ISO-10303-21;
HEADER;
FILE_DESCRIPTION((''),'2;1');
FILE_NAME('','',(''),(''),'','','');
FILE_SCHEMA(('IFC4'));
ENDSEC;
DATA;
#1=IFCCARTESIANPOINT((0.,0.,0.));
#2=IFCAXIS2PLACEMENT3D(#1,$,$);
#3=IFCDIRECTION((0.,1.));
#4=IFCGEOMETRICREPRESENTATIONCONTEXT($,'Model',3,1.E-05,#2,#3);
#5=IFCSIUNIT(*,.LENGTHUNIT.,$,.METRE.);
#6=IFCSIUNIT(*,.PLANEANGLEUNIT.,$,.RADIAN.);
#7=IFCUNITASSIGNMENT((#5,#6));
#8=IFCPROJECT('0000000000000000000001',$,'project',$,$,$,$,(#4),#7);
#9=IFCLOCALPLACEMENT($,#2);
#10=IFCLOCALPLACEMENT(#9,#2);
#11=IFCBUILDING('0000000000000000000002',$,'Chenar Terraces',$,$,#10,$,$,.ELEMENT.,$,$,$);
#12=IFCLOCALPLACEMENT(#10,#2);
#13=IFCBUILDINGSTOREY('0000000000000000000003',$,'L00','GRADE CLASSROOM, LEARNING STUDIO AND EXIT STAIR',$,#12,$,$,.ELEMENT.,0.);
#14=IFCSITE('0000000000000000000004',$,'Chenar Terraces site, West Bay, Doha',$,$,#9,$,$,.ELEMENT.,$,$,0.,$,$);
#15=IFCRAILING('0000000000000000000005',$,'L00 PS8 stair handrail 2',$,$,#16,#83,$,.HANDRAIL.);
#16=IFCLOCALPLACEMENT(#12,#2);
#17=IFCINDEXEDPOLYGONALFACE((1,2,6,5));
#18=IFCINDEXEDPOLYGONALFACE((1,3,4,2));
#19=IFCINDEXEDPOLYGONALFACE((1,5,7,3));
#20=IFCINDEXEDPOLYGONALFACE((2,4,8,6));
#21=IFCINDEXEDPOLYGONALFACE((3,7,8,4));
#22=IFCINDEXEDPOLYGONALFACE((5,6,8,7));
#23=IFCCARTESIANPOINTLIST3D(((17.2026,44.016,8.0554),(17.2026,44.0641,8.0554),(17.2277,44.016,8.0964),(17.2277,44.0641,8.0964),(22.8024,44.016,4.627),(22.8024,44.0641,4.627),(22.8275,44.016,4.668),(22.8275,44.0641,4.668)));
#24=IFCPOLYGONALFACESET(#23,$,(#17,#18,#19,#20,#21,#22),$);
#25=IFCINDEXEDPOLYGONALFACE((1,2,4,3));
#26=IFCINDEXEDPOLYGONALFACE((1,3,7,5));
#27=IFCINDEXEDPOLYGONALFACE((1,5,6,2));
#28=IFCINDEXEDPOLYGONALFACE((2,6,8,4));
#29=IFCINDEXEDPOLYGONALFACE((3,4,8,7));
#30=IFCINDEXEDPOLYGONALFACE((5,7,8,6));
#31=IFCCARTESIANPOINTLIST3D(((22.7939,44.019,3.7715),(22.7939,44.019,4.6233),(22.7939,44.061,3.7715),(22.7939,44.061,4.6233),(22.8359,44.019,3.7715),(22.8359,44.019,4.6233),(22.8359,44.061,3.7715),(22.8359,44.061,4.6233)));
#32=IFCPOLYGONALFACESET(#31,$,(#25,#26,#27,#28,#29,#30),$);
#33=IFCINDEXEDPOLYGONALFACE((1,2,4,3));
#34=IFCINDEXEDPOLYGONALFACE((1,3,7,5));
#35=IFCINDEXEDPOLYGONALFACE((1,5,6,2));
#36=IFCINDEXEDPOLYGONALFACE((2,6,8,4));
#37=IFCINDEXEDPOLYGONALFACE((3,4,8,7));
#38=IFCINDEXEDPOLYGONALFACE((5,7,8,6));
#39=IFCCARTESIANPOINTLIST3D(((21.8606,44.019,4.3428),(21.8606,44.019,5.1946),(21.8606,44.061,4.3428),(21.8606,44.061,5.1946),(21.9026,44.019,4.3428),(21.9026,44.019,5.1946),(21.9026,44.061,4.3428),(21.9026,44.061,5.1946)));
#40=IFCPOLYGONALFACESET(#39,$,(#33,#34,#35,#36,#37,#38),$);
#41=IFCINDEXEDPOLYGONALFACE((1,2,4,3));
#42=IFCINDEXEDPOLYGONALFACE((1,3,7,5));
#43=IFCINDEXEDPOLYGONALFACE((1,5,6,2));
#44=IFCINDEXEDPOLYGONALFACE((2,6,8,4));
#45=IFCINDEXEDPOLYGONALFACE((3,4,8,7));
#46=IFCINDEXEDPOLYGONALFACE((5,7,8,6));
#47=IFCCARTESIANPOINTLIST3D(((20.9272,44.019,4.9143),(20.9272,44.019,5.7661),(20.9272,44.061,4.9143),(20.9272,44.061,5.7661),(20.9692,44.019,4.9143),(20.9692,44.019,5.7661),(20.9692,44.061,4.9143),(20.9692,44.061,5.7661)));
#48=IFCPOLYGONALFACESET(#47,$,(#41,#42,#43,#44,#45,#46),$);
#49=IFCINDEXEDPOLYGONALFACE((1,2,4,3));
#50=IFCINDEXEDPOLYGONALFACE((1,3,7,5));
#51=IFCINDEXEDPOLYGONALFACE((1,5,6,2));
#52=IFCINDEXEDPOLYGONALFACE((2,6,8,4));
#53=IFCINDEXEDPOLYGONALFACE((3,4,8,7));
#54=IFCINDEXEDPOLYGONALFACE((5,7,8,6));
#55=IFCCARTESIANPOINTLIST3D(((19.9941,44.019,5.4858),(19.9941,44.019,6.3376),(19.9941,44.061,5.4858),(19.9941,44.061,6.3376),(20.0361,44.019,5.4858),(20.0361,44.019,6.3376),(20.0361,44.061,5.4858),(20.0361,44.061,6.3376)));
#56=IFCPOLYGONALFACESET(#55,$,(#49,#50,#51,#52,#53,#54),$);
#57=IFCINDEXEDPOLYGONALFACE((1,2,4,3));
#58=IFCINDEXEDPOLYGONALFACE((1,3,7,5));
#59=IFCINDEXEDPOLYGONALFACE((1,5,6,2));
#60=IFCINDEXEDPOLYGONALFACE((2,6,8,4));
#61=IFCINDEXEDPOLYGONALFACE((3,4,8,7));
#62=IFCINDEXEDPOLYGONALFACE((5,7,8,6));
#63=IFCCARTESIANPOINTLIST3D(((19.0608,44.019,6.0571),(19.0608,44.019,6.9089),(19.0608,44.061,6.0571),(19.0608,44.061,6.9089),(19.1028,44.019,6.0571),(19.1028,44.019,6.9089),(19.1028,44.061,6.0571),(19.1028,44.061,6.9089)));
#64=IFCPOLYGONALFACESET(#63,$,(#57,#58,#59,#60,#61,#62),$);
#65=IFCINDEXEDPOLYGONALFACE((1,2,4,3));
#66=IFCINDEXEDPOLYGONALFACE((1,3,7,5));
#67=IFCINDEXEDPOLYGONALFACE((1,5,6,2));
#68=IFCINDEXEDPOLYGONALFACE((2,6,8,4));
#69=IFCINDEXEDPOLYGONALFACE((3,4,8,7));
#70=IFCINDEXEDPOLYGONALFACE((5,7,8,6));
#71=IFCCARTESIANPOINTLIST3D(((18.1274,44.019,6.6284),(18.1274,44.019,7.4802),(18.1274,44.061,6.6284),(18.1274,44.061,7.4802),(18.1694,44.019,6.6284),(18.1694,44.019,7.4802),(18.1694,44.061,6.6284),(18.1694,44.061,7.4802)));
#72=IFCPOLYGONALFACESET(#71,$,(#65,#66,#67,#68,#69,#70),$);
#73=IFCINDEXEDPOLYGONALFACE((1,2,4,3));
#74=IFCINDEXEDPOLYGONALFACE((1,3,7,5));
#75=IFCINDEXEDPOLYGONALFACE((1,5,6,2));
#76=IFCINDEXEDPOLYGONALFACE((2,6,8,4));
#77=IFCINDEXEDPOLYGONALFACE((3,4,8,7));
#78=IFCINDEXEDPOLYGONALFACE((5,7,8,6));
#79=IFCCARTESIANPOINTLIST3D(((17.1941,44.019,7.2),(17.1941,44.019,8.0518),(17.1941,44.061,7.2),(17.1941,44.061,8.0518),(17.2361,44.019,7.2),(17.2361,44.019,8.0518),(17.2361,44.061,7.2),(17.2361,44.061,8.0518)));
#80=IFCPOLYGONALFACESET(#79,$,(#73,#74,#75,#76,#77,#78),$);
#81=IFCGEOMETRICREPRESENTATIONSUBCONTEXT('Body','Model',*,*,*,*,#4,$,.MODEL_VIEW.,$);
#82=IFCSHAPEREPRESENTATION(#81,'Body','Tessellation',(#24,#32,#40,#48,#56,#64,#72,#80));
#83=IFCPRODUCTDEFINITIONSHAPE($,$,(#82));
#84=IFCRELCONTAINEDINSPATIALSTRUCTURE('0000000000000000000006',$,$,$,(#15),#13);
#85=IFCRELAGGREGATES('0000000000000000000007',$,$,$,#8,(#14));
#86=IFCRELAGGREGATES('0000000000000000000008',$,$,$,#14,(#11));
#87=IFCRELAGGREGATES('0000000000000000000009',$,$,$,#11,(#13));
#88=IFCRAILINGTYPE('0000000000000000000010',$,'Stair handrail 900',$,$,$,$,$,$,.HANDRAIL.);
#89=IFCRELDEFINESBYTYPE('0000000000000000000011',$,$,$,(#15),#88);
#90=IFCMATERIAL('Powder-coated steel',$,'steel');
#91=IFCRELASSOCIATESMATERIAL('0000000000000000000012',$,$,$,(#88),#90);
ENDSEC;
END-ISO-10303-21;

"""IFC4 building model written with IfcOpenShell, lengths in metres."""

from ifc_helpers import new_model, si_unit, direction, frame, origin, origin_2d, place, context, subcontext, project, spatial, rectangle, extrude, material, type_object, element, save


model = new_model("IFC4")

# Units and contexts
model_context = context("Model", 3, precision=1e-05, world=origin(), true_north=direction((0.0, 1.0)))
body_context = subcontext(model_context, "Body", "Model", "MODEL_VIEW")
ifc_project = project(units=[si_unit("LENGTHUNIT", "METRE"), si_unit("PLANEANGLEUNIT", "RADIAN")], contexts=[model_context])

# Site, building, storey
site_placement = place(None, origin())
site = spatial("IfcSite", under=ifc_project, at=site_placement, Name="Chenar Terraces site, West Bay, Doha", CompositionType="ELEMENT", RefElevation=0.0)
building_placement = place(site_placement, origin())
building = spatial("IfcBuilding", under=site, at=building_placement, Name="Chenar Terraces", CompositionType="ELEMENT")
storey_placement = place(building_placement, origin())
storey = spatial("IfcBuildingStorey", under=building, at=storey_placement, Name="L00", Description="GRADE CLASSROOM, LEARNING STUDIO AND EXIT STAIR", CompositionType="ELEMENT", Elevation=0.0)

# Railing
ifc_material_1 = material(Name="Powder-coated steel", Category="steel")
railing_type_1 = type_object("IfcRailingType", Name="Stair handrail 900", PredefinedType="HANDRAIL", material=ifc_material_1)
railing_1_placement = place(storey_placement, frame((22.8149, 44.04, 3.7715)))
element("IfcRailing", 1, at=railing_1_placement, inside=storey, type_object=railing_type_1, Name="L00 PS8 stair handrail 2", PredefinedType="HANDRAIL", context=body_context, shape_type="SweptSolid", body=[
    extrude(rectangle(XDim=0.0481, YDim=0.0481, at=origin_2d()), frame((0.0, 0.0, 0.876), z_axis=(-0.852852, 0.0, 0.522152), x_axis=(0.0, -1.0, 0.0)), (0.0, 0.0, 1.0), 6.5659),
    extrude(rectangle(XDim=0.042, YDim=0.042, at=origin_2d()), origin(), (0.0, 0.0, 1.0), 0.8518),
    extrude(rectangle(XDim=0.042, YDim=0.042, at=origin_2d()), frame((-0.9333, 0.0, 0.5713)), (0.0, 0.0, 1.0), 0.8518),
    extrude(rectangle(XDim=0.042, YDim=0.042, at=origin_2d()), frame((-1.8667, 0.0, 1.1428)), (0.0, 0.0, 1.0), 0.8518),
    extrude(rectangle(XDim=0.042, YDim=0.042, at=origin_2d()), frame((-2.7998, 0.0, 1.7144)), (0.0, 0.0, 1.0), 0.8518),
    extrude(rectangle(XDim=0.042, YDim=0.042, at=origin_2d()), frame((-3.7332, 0.0, 2.2856)), (0.0, 0.0, 1.0), 0.8518),
    extrude(rectangle(XDim=0.042, YDim=0.042, at=origin_2d()), frame((-4.6665, 0.0, 2.8569)), (0.0, 0.0, 1.0), 0.8518),
    extrude(rectangle(XDim=0.042, YDim=0.042, at=origin_2d()), frame((-5.5999, 0.0, 3.4285)), (0.0, 0.0, 1.0), 0.8518),
])

save(model, "model.ifc")
